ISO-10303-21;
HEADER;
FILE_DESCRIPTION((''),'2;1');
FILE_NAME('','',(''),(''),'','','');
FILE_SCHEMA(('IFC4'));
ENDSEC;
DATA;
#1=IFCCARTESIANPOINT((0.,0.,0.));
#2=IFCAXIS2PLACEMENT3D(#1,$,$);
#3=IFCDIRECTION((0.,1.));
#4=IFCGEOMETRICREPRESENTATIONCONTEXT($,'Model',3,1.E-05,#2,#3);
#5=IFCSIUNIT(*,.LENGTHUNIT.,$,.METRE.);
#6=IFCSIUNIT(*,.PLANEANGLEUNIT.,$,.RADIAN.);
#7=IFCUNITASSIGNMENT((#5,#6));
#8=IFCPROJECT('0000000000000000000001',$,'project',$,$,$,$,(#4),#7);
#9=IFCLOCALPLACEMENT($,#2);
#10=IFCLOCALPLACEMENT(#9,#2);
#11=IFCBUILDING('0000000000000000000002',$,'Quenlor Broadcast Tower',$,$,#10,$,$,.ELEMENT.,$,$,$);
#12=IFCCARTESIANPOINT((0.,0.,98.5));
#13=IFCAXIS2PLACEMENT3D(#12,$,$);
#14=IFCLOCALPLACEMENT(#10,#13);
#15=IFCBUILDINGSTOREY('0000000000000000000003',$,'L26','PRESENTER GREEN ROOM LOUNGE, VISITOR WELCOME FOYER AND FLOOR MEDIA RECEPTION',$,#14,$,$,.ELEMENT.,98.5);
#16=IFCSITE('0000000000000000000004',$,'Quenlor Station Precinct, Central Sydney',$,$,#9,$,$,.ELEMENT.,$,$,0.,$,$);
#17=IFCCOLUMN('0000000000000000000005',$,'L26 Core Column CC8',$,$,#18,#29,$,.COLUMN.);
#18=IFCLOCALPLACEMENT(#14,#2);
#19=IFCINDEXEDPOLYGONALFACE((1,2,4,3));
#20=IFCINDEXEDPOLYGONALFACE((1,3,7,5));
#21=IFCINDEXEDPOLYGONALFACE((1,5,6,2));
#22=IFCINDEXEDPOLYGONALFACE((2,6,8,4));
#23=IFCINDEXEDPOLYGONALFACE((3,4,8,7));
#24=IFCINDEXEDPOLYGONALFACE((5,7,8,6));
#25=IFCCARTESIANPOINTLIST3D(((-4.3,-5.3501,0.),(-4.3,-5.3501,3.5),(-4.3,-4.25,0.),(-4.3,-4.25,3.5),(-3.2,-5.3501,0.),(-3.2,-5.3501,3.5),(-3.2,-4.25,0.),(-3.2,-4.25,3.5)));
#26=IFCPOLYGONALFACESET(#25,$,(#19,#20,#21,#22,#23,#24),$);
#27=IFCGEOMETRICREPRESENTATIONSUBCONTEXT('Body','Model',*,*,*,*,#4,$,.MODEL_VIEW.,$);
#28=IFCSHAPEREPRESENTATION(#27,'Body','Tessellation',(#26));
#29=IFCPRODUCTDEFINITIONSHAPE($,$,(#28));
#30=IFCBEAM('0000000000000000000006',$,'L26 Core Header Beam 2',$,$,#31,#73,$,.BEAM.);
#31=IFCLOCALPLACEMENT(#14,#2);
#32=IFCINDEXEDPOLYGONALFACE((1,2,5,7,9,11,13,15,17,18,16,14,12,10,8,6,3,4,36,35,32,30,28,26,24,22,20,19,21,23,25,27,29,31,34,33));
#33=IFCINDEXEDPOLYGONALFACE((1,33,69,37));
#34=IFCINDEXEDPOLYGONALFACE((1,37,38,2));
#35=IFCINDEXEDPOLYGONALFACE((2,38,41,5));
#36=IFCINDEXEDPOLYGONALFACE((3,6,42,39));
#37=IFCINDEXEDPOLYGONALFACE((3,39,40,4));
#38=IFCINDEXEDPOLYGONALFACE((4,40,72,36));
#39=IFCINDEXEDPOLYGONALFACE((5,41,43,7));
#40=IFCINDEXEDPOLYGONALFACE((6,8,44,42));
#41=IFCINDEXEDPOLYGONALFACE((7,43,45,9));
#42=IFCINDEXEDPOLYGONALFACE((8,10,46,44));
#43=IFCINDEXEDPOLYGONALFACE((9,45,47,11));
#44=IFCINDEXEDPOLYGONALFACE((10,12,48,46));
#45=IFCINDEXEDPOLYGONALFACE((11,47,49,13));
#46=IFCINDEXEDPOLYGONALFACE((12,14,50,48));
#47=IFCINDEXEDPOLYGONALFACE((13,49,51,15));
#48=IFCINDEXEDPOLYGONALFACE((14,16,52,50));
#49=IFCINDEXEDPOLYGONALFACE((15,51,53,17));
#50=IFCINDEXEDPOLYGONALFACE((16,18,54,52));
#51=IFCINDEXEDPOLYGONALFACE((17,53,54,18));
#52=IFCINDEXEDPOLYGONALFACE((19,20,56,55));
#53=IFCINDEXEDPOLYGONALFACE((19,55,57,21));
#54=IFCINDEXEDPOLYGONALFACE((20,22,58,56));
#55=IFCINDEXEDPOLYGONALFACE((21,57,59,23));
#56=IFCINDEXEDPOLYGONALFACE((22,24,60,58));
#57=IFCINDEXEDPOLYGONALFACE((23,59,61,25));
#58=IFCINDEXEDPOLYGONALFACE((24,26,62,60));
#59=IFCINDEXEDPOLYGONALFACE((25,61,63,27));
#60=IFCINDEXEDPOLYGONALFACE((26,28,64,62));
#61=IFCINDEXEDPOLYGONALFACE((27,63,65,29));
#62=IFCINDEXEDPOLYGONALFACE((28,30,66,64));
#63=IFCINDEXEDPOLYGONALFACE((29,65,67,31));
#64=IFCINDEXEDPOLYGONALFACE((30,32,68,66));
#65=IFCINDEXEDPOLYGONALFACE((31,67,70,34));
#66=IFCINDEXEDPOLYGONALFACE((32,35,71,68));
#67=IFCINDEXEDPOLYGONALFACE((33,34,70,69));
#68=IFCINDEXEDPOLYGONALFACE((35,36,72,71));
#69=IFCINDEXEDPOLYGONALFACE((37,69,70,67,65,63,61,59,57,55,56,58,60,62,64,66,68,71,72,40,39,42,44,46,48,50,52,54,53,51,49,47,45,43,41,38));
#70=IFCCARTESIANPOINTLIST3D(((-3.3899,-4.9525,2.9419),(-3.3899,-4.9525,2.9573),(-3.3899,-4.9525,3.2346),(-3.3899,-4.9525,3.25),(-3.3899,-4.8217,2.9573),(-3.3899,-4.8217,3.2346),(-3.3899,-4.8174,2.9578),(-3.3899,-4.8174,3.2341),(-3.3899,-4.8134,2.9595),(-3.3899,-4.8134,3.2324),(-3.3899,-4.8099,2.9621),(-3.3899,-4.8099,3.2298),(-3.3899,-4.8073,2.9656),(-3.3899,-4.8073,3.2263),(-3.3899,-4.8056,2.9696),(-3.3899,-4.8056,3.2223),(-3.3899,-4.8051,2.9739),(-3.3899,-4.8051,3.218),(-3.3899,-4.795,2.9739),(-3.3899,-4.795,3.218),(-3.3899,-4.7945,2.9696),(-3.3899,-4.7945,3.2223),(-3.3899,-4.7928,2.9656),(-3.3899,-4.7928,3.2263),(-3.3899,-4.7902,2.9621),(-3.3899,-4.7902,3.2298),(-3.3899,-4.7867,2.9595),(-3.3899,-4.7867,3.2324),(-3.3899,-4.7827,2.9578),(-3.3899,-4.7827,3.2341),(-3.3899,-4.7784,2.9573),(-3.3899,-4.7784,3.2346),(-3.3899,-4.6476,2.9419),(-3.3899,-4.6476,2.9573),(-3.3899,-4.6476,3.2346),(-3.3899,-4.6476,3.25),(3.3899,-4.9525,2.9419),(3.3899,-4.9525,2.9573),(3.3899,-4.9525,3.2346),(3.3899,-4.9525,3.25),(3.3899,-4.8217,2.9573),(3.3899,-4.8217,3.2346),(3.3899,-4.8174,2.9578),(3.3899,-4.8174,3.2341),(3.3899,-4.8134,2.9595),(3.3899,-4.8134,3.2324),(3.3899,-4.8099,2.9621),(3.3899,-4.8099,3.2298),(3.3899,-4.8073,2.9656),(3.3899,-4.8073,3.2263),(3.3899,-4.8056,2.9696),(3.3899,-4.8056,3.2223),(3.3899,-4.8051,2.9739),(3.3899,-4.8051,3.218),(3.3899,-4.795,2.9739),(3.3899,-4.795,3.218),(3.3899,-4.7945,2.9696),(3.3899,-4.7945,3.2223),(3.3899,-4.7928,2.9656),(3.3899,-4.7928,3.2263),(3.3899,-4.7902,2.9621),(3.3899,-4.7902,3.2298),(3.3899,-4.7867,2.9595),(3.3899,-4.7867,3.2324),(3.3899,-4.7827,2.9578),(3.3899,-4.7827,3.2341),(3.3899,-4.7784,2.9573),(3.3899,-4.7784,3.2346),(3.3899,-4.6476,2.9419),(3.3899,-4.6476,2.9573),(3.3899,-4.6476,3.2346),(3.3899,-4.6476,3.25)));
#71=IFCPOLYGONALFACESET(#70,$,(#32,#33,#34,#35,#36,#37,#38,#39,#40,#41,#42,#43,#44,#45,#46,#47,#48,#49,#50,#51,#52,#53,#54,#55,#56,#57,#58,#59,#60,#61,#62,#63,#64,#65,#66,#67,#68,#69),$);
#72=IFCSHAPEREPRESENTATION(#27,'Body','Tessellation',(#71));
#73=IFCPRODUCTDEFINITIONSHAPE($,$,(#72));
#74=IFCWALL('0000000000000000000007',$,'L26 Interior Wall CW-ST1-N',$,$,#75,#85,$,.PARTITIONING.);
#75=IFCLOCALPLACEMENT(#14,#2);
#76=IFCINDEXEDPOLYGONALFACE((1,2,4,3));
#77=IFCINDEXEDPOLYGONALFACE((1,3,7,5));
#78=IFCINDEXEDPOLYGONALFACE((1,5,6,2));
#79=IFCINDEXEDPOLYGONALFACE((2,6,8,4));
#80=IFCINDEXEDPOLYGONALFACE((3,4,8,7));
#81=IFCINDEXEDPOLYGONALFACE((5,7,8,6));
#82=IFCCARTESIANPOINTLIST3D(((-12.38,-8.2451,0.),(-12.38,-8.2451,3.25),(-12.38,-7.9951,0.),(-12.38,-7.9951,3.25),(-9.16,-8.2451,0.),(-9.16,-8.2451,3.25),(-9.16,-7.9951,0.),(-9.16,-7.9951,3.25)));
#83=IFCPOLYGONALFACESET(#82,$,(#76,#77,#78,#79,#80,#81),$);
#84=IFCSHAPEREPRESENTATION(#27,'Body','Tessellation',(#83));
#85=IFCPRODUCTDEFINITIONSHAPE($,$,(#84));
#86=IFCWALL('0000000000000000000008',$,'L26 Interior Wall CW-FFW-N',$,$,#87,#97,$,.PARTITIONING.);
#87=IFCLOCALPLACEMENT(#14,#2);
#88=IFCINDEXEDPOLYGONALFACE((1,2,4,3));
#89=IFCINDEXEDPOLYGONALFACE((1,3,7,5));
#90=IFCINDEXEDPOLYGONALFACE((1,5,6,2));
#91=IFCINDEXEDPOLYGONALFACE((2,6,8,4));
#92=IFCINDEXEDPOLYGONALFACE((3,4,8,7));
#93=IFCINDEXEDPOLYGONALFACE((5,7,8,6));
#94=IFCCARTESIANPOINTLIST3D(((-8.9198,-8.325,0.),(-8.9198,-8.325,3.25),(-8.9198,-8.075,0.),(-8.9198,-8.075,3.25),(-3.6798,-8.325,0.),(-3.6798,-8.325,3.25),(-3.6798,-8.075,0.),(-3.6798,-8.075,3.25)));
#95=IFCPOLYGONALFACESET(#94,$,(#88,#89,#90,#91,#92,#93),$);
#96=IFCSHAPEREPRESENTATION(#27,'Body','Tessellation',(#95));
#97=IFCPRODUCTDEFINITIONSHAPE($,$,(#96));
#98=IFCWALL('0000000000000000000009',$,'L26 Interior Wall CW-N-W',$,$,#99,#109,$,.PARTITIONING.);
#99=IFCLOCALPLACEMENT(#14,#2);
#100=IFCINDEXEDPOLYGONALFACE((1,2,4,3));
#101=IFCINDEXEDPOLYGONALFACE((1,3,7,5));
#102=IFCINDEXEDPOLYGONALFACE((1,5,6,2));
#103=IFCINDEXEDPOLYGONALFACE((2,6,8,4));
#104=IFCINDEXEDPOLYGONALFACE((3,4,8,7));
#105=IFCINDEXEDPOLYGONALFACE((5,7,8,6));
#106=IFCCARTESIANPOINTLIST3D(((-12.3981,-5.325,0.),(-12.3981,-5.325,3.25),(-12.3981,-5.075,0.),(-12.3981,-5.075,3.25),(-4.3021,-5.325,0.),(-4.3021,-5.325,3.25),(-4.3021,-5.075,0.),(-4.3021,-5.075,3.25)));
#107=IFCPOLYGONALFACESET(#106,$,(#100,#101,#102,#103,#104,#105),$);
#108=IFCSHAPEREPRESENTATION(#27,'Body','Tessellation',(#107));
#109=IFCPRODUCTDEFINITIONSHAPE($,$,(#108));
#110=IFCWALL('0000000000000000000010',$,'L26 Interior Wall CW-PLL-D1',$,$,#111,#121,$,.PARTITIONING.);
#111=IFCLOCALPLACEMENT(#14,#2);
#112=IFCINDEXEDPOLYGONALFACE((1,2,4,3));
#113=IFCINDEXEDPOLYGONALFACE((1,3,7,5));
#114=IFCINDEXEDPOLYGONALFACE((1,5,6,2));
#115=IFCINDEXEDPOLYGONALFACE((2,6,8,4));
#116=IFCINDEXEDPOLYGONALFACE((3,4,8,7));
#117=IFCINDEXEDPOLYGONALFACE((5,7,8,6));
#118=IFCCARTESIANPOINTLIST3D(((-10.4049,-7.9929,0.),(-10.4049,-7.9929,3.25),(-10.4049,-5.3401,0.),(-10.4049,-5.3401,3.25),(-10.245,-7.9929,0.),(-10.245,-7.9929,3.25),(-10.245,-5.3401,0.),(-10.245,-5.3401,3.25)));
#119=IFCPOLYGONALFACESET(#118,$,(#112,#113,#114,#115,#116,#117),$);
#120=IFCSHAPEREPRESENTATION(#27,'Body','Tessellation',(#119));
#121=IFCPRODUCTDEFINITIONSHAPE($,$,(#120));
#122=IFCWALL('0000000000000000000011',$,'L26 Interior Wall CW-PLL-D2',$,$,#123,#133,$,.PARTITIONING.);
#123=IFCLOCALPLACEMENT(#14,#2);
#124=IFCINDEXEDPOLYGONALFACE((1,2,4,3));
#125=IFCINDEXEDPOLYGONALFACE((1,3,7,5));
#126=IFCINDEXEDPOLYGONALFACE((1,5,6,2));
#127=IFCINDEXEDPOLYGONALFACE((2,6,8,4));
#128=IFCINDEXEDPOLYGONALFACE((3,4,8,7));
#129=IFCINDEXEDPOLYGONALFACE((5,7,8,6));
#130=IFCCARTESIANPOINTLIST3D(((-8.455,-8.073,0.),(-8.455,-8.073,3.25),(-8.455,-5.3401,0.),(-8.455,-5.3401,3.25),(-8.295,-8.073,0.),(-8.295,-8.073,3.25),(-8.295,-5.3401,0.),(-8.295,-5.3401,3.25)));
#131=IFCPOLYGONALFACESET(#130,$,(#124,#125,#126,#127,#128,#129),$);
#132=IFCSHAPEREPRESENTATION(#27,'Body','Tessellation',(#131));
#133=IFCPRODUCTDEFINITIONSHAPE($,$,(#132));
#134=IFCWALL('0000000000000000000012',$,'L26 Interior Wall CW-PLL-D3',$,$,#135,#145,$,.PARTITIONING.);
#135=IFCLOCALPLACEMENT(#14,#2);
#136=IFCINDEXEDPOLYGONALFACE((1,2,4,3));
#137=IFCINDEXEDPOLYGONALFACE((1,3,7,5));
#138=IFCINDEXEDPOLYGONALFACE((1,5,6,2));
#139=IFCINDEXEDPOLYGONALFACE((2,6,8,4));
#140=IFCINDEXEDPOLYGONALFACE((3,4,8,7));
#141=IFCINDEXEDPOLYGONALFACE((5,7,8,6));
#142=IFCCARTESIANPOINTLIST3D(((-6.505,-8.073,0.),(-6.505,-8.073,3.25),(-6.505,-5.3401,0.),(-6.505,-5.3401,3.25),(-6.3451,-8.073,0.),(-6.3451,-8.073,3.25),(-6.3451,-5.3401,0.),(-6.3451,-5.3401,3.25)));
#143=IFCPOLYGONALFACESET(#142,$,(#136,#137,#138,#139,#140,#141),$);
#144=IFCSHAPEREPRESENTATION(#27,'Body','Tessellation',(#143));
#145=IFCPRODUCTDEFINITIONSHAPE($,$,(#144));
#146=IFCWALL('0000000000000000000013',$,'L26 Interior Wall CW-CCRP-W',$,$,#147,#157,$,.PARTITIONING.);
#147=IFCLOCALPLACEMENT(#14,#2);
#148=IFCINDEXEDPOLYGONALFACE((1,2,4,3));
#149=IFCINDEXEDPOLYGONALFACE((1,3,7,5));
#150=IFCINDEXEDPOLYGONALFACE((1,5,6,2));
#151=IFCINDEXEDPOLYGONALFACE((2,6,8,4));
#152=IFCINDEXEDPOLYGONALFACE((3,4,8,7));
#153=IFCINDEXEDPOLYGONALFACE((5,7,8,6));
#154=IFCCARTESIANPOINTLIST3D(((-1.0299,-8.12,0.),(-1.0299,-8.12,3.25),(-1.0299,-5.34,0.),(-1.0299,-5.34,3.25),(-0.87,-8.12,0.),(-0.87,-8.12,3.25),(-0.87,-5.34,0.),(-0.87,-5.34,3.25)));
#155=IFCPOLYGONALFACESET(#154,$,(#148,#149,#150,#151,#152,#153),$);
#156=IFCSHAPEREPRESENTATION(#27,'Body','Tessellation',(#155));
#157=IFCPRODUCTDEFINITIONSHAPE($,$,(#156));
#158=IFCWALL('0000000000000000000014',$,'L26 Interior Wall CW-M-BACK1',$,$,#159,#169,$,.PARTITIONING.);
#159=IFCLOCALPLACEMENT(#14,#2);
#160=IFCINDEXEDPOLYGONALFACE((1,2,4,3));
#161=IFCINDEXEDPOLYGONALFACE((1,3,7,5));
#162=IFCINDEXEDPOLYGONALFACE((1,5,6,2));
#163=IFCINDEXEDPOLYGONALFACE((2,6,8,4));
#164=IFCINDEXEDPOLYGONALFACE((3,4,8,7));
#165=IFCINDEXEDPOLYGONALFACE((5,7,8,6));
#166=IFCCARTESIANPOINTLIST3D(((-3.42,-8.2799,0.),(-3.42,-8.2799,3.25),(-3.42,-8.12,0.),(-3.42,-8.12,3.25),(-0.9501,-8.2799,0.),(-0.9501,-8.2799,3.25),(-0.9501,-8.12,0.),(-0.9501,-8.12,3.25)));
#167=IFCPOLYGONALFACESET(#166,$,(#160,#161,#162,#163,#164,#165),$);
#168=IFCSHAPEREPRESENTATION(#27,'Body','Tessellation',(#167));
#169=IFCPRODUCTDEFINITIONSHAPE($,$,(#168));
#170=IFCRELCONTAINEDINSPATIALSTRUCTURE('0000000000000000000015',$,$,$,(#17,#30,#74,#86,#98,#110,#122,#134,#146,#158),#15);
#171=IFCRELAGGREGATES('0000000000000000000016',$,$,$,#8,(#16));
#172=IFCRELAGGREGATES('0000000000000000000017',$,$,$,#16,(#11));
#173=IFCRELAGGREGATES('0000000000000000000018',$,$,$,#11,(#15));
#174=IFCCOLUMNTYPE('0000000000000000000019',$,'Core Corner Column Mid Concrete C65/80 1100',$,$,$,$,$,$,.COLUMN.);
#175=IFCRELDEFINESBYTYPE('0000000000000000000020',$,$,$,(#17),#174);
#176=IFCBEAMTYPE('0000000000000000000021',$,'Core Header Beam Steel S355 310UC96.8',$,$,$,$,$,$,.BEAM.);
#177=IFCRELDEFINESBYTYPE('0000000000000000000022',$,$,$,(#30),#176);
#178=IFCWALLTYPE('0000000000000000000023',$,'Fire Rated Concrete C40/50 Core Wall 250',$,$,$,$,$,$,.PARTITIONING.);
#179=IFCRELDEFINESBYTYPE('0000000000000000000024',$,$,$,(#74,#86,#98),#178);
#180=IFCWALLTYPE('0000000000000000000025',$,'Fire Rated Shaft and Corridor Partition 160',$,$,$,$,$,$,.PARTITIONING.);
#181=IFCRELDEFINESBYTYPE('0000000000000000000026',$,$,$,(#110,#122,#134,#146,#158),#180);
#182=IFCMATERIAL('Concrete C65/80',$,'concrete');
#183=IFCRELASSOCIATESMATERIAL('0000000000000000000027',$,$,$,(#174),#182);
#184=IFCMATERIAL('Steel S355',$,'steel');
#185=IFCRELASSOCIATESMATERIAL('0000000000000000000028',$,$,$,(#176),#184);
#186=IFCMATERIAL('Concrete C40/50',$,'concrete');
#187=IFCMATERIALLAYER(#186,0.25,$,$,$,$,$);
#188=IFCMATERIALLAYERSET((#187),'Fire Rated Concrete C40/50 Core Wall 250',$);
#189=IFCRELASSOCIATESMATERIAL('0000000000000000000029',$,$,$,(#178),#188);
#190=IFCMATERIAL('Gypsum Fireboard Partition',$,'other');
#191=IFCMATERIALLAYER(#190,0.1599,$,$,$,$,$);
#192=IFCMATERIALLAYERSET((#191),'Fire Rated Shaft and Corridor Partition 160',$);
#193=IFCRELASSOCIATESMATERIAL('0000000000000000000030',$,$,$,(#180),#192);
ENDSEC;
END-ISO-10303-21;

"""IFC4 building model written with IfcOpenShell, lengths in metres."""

from ifc_helpers import new_model, si_unit, direction, frame, frame_2d, origin, origin_2d, place, context, subcontext, project, spatial, rectangle, i_section, extrude, material, layer, layer_set, material_profile, profile_set, type_object, element, save


model = new_model("IFC4")

# Units and contexts
model_context = context("Model", 3, precision=1e-05, world=origin(), true_north=direction((0.0, 1.0)))
body_context = subcontext(model_context, "Body", "Model", "MODEL_VIEW")
ifc_project = project(units=[si_unit("LENGTHUNIT", "METRE"), si_unit("PLANEANGLEUNIT", "RADIAN")], contexts=[model_context])

# Site, building, storey
site_placement = place(None, origin())
site = spatial("IfcSite", under=ifc_project, at=site_placement, Name="Quenlor Station Precinct, Central Sydney", CompositionType="ELEMENT", RefElevation=0.0)
building_placement = place(site_placement, origin())
building = spatial("IfcBuilding", under=site, at=building_placement, Name="Quenlor Broadcast Tower", CompositionType="ELEMENT")
storey_placement = place(building_placement, frame((0.0, 0.0, 98.5)))
storey = spatial("IfcBuildingStorey", under=building, at=storey_placement, Name="L26", Description="PRESENTER GREEN ROOM LOUNGE, VISITOR WELCOME FOYER AND FLOOR MEDIA RECEPTION", CompositionType="ELEMENT", Elevation=98.5)

# Column
ifc_material_1 = material(Name="Concrete C65/80", Category="concrete")
ifc_material_profile_1 = material_profile(ifc_material_1, rectangle(XDim=1.1001, YDim=1.1001, at=origin_2d()))
ifc_profile_set_1 = profile_set([ifc_material_profile_1], Name="Concrete C65/80 RC1100x1100")
column_type = type_object("IfcColumnType", Name="Core Corner Column Mid Concrete C65/80 1100", PredefinedType="COLUMN", material=ifc_profile_set_1)
column_placement = place(storey_placement, frame((-3.75, -4.8, 0.0), z_axis=(0.0, 0.0, 1.0), x_axis=(1.0, 0.0, 0.0)))
element("IfcColumn", 1, at=column_placement, inside=storey, type_object=column_type, Name="L26 Core Column CC8", PredefinedType="COLUMN", context=body_context, shape_type="SweptSolid", body=[
    extrude(rectangle(XDim=1.1001, YDim=1.1001, at=origin_2d()), origin(), (0.0, 0.0, 1.0), 3.5),
])

# Beam
ifc_material_2 = material(Name="Steel S355", Category="steel")
ifc_material_profile_2 = material_profile(ifc_material_2, i_section(OverallWidth=0.3049, OverallDepth=0.3081, WebThickness=0.01, FlangeThickness=0.0154, FilletRadius=0.0166, at=origin_2d()))
ifc_profile_set_2 = profile_set([ifc_material_profile_2], Name="Steel S355 310UC96.8")
beam_type = type_object("IfcBeamType", Name="Core Header Beam Steel S355 310UC96.8", PredefinedType="BEAM", material=ifc_profile_set_2)
beam_placement = place(storey_placement, frame((-3.3899, -4.8, 3.0959), z_axis=(1.0, 0.0, 0.0), x_axis=(0.0, 1.0, 0.0)))
element("IfcBeam", 2, at=beam_placement, inside=storey, type_object=beam_type, Name="L26 Core Header Beam 2", PredefinedType="BEAM", context=body_context, shape_type="SweptSolid", body=[
    extrude(i_section(OverallWidth=0.3049, OverallDepth=0.3081, WebThickness=0.01, FlangeThickness=0.0154, FilletRadius=0.0166, at=origin_2d()), origin(), (0.0, 0.0, 1.0), 6.7798),
])

# Walls
ifc_material_3 = material(Name="Concrete C40/50", Category="concrete")
ifc_layer_1 = layer(ifc_material_3, 0.25)
ifc_layer_set_1 = layer_set([ifc_layer_1], Name="Fire Rated Concrete C40/50 Core Wall 250")
wall_type_1 = type_object("IfcWallType", Name="Fire Rated Concrete C40/50 Core Wall 250", PredefinedType="PARTITIONING", material=ifc_layer_set_1)
wall_1_placement = place(storey_placement, frame((-12.3799, -8.1201, 0.0), z_axis=(0.0, 0.0, 1.0), x_axis=(1.0, 0.0, 0.0)))
element("IfcWall", 3, at=wall_1_placement, inside=storey, type_object=wall_type_1, Name="L26 Interior Wall CW-ST1-N", PredefinedType="PARTITIONING", context=body_context, shape_type="SweptSolid", body=[
    extrude(rectangle(XDim=3.22, YDim=0.25, at=frame_2d((1.6099, 0.0))), origin(), (0.0, 0.0, 1.0), 3.25),
])
wall_2_placement = place(storey_placement, frame((-8.9199, -8.2, 0.0), z_axis=(0.0, 0.0, 1.0), x_axis=(1.0, 0.0, 0.0)))
element("IfcWall", 4, at=wall_2_placement, inside=storey, type_object=wall_type_1, Name="L26 Interior Wall CW-FFW-N", PredefinedType="PARTITIONING", context=body_context, shape_type="SweptSolid", body=[
    extrude(rectangle(XDim=5.24, YDim=0.25, at=frame_2d((2.6201, 0.0))), origin(), (0.0, 0.0, 1.0), 3.25),
])
wall_3_placement = place(storey_placement, frame((-12.3979, -5.2, 0.0), z_axis=(0.0, 0.0, 1.0), x_axis=(1.0, 0.0, 0.0)))
element("IfcWall", 5, at=wall_3_placement, inside=storey, type_object=wall_type_1, Name="L26 Interior Wall CW-N-W", PredefinedType="PARTITIONING", context=body_context, shape_type="SweptSolid", body=[
    extrude(rectangle(XDim=8.0959, YDim=0.25, at=frame_2d((4.0479, 0.0))), origin(), (0.0, 0.0, 1.0), 3.25),
])

# Walls
ifc_material_4 = material(Name="Gypsum Fireboard Partition", Category="other")
ifc_layer_2 = layer(ifc_material_4, 0.1599)
ifc_layer_set_2 = layer_set([ifc_layer_2], Name="Fire Rated Shaft and Corridor Partition 160")
wall_type_2 = type_object("IfcWallType", Name="Fire Rated Shaft and Corridor Partition 160", PredefinedType="PARTITIONING", material=ifc_layer_set_2)
wall_4_placement = place(storey_placement, frame((-10.325, -7.9929, 0.0), z_axis=(0.0, 0.0, 1.0), x_axis=(0.0, 1.0, 0.0)))
element("IfcWall", 6, at=wall_4_placement, inside=storey, type_object=wall_type_2, Name="L26 Interior Wall CW-PLL-D1", PredefinedType="PARTITIONING", context=body_context, shape_type="SweptSolid", body=[
    extrude(rectangle(XDim=2.6528, YDim=0.1599, at=frame_2d((1.3264, 0.0))), origin(), (0.0, 0.0, 1.0), 3.25),
])
for number, where, z_axis, x_axis, name in (
    (7, (-8.375, -8.073, 0.0), (0.0, 0.0, 1.0), (0.0, 1.0, 0.0), "L26 Interior Wall CW-PLL-D2"),
    (8, (-6.425, -8.073, 0.0), (0.0, 0.0, 1.0), (0.0, 1.0, 0.0), "L26 Interior Wall CW-PLL-D3"),
):
    element("IfcWall", number, at=place(storey_placement, frame(where, z_axis=z_axis, x_axis=x_axis)), inside=storey, type_object=wall_type_2, Name=name, PredefinedType="PARTITIONING", context=body_context, shape_type="SweptSolid", body=[
        extrude(rectangle(XDim=2.7329, YDim=0.1599, at=frame_2d((1.3665, 0.0))), origin(), (0.0, 0.0, 1.0), 3.25),
    ])
wall_5_placement = place(storey_placement, frame((-0.95, -8.1201, 0.0), z_axis=(0.0, 0.0, 1.0), x_axis=(0.0, 1.0, 0.0)))
element("IfcWall", 9, at=wall_5_placement, inside=storey, type_object=wall_type_2, Name="L26 Interior Wall CW-CCRP-W", PredefinedType="PARTITIONING", context=body_context, shape_type="SweptSolid", body=[
    extrude(rectangle(XDim=2.78, YDim=0.1599, at=frame_2d((1.3901, 0.0))), origin(), (0.0, 0.0, 1.0), 3.25),
])
wall_6_placement = place(storey_placement, frame((-3.4199, -8.2, 0.0), z_axis=(0.0, 0.0, 1.0), x_axis=(1.0, 0.0, 0.0)))
element("IfcWall", 10, at=wall_6_placement, inside=storey, type_object=wall_type_2, Name="L26 Interior Wall CW-M-BACK1", PredefinedType="PARTITIONING", context=body_context, shape_type="SweptSolid", body=[
    extrude(rectangle(XDim=2.47, YDim=0.1599, at=frame_2d((1.2349, 0.0))), origin(), (0.0, 0.0, 1.0), 3.25),
])

save(model, "model.ifc")
